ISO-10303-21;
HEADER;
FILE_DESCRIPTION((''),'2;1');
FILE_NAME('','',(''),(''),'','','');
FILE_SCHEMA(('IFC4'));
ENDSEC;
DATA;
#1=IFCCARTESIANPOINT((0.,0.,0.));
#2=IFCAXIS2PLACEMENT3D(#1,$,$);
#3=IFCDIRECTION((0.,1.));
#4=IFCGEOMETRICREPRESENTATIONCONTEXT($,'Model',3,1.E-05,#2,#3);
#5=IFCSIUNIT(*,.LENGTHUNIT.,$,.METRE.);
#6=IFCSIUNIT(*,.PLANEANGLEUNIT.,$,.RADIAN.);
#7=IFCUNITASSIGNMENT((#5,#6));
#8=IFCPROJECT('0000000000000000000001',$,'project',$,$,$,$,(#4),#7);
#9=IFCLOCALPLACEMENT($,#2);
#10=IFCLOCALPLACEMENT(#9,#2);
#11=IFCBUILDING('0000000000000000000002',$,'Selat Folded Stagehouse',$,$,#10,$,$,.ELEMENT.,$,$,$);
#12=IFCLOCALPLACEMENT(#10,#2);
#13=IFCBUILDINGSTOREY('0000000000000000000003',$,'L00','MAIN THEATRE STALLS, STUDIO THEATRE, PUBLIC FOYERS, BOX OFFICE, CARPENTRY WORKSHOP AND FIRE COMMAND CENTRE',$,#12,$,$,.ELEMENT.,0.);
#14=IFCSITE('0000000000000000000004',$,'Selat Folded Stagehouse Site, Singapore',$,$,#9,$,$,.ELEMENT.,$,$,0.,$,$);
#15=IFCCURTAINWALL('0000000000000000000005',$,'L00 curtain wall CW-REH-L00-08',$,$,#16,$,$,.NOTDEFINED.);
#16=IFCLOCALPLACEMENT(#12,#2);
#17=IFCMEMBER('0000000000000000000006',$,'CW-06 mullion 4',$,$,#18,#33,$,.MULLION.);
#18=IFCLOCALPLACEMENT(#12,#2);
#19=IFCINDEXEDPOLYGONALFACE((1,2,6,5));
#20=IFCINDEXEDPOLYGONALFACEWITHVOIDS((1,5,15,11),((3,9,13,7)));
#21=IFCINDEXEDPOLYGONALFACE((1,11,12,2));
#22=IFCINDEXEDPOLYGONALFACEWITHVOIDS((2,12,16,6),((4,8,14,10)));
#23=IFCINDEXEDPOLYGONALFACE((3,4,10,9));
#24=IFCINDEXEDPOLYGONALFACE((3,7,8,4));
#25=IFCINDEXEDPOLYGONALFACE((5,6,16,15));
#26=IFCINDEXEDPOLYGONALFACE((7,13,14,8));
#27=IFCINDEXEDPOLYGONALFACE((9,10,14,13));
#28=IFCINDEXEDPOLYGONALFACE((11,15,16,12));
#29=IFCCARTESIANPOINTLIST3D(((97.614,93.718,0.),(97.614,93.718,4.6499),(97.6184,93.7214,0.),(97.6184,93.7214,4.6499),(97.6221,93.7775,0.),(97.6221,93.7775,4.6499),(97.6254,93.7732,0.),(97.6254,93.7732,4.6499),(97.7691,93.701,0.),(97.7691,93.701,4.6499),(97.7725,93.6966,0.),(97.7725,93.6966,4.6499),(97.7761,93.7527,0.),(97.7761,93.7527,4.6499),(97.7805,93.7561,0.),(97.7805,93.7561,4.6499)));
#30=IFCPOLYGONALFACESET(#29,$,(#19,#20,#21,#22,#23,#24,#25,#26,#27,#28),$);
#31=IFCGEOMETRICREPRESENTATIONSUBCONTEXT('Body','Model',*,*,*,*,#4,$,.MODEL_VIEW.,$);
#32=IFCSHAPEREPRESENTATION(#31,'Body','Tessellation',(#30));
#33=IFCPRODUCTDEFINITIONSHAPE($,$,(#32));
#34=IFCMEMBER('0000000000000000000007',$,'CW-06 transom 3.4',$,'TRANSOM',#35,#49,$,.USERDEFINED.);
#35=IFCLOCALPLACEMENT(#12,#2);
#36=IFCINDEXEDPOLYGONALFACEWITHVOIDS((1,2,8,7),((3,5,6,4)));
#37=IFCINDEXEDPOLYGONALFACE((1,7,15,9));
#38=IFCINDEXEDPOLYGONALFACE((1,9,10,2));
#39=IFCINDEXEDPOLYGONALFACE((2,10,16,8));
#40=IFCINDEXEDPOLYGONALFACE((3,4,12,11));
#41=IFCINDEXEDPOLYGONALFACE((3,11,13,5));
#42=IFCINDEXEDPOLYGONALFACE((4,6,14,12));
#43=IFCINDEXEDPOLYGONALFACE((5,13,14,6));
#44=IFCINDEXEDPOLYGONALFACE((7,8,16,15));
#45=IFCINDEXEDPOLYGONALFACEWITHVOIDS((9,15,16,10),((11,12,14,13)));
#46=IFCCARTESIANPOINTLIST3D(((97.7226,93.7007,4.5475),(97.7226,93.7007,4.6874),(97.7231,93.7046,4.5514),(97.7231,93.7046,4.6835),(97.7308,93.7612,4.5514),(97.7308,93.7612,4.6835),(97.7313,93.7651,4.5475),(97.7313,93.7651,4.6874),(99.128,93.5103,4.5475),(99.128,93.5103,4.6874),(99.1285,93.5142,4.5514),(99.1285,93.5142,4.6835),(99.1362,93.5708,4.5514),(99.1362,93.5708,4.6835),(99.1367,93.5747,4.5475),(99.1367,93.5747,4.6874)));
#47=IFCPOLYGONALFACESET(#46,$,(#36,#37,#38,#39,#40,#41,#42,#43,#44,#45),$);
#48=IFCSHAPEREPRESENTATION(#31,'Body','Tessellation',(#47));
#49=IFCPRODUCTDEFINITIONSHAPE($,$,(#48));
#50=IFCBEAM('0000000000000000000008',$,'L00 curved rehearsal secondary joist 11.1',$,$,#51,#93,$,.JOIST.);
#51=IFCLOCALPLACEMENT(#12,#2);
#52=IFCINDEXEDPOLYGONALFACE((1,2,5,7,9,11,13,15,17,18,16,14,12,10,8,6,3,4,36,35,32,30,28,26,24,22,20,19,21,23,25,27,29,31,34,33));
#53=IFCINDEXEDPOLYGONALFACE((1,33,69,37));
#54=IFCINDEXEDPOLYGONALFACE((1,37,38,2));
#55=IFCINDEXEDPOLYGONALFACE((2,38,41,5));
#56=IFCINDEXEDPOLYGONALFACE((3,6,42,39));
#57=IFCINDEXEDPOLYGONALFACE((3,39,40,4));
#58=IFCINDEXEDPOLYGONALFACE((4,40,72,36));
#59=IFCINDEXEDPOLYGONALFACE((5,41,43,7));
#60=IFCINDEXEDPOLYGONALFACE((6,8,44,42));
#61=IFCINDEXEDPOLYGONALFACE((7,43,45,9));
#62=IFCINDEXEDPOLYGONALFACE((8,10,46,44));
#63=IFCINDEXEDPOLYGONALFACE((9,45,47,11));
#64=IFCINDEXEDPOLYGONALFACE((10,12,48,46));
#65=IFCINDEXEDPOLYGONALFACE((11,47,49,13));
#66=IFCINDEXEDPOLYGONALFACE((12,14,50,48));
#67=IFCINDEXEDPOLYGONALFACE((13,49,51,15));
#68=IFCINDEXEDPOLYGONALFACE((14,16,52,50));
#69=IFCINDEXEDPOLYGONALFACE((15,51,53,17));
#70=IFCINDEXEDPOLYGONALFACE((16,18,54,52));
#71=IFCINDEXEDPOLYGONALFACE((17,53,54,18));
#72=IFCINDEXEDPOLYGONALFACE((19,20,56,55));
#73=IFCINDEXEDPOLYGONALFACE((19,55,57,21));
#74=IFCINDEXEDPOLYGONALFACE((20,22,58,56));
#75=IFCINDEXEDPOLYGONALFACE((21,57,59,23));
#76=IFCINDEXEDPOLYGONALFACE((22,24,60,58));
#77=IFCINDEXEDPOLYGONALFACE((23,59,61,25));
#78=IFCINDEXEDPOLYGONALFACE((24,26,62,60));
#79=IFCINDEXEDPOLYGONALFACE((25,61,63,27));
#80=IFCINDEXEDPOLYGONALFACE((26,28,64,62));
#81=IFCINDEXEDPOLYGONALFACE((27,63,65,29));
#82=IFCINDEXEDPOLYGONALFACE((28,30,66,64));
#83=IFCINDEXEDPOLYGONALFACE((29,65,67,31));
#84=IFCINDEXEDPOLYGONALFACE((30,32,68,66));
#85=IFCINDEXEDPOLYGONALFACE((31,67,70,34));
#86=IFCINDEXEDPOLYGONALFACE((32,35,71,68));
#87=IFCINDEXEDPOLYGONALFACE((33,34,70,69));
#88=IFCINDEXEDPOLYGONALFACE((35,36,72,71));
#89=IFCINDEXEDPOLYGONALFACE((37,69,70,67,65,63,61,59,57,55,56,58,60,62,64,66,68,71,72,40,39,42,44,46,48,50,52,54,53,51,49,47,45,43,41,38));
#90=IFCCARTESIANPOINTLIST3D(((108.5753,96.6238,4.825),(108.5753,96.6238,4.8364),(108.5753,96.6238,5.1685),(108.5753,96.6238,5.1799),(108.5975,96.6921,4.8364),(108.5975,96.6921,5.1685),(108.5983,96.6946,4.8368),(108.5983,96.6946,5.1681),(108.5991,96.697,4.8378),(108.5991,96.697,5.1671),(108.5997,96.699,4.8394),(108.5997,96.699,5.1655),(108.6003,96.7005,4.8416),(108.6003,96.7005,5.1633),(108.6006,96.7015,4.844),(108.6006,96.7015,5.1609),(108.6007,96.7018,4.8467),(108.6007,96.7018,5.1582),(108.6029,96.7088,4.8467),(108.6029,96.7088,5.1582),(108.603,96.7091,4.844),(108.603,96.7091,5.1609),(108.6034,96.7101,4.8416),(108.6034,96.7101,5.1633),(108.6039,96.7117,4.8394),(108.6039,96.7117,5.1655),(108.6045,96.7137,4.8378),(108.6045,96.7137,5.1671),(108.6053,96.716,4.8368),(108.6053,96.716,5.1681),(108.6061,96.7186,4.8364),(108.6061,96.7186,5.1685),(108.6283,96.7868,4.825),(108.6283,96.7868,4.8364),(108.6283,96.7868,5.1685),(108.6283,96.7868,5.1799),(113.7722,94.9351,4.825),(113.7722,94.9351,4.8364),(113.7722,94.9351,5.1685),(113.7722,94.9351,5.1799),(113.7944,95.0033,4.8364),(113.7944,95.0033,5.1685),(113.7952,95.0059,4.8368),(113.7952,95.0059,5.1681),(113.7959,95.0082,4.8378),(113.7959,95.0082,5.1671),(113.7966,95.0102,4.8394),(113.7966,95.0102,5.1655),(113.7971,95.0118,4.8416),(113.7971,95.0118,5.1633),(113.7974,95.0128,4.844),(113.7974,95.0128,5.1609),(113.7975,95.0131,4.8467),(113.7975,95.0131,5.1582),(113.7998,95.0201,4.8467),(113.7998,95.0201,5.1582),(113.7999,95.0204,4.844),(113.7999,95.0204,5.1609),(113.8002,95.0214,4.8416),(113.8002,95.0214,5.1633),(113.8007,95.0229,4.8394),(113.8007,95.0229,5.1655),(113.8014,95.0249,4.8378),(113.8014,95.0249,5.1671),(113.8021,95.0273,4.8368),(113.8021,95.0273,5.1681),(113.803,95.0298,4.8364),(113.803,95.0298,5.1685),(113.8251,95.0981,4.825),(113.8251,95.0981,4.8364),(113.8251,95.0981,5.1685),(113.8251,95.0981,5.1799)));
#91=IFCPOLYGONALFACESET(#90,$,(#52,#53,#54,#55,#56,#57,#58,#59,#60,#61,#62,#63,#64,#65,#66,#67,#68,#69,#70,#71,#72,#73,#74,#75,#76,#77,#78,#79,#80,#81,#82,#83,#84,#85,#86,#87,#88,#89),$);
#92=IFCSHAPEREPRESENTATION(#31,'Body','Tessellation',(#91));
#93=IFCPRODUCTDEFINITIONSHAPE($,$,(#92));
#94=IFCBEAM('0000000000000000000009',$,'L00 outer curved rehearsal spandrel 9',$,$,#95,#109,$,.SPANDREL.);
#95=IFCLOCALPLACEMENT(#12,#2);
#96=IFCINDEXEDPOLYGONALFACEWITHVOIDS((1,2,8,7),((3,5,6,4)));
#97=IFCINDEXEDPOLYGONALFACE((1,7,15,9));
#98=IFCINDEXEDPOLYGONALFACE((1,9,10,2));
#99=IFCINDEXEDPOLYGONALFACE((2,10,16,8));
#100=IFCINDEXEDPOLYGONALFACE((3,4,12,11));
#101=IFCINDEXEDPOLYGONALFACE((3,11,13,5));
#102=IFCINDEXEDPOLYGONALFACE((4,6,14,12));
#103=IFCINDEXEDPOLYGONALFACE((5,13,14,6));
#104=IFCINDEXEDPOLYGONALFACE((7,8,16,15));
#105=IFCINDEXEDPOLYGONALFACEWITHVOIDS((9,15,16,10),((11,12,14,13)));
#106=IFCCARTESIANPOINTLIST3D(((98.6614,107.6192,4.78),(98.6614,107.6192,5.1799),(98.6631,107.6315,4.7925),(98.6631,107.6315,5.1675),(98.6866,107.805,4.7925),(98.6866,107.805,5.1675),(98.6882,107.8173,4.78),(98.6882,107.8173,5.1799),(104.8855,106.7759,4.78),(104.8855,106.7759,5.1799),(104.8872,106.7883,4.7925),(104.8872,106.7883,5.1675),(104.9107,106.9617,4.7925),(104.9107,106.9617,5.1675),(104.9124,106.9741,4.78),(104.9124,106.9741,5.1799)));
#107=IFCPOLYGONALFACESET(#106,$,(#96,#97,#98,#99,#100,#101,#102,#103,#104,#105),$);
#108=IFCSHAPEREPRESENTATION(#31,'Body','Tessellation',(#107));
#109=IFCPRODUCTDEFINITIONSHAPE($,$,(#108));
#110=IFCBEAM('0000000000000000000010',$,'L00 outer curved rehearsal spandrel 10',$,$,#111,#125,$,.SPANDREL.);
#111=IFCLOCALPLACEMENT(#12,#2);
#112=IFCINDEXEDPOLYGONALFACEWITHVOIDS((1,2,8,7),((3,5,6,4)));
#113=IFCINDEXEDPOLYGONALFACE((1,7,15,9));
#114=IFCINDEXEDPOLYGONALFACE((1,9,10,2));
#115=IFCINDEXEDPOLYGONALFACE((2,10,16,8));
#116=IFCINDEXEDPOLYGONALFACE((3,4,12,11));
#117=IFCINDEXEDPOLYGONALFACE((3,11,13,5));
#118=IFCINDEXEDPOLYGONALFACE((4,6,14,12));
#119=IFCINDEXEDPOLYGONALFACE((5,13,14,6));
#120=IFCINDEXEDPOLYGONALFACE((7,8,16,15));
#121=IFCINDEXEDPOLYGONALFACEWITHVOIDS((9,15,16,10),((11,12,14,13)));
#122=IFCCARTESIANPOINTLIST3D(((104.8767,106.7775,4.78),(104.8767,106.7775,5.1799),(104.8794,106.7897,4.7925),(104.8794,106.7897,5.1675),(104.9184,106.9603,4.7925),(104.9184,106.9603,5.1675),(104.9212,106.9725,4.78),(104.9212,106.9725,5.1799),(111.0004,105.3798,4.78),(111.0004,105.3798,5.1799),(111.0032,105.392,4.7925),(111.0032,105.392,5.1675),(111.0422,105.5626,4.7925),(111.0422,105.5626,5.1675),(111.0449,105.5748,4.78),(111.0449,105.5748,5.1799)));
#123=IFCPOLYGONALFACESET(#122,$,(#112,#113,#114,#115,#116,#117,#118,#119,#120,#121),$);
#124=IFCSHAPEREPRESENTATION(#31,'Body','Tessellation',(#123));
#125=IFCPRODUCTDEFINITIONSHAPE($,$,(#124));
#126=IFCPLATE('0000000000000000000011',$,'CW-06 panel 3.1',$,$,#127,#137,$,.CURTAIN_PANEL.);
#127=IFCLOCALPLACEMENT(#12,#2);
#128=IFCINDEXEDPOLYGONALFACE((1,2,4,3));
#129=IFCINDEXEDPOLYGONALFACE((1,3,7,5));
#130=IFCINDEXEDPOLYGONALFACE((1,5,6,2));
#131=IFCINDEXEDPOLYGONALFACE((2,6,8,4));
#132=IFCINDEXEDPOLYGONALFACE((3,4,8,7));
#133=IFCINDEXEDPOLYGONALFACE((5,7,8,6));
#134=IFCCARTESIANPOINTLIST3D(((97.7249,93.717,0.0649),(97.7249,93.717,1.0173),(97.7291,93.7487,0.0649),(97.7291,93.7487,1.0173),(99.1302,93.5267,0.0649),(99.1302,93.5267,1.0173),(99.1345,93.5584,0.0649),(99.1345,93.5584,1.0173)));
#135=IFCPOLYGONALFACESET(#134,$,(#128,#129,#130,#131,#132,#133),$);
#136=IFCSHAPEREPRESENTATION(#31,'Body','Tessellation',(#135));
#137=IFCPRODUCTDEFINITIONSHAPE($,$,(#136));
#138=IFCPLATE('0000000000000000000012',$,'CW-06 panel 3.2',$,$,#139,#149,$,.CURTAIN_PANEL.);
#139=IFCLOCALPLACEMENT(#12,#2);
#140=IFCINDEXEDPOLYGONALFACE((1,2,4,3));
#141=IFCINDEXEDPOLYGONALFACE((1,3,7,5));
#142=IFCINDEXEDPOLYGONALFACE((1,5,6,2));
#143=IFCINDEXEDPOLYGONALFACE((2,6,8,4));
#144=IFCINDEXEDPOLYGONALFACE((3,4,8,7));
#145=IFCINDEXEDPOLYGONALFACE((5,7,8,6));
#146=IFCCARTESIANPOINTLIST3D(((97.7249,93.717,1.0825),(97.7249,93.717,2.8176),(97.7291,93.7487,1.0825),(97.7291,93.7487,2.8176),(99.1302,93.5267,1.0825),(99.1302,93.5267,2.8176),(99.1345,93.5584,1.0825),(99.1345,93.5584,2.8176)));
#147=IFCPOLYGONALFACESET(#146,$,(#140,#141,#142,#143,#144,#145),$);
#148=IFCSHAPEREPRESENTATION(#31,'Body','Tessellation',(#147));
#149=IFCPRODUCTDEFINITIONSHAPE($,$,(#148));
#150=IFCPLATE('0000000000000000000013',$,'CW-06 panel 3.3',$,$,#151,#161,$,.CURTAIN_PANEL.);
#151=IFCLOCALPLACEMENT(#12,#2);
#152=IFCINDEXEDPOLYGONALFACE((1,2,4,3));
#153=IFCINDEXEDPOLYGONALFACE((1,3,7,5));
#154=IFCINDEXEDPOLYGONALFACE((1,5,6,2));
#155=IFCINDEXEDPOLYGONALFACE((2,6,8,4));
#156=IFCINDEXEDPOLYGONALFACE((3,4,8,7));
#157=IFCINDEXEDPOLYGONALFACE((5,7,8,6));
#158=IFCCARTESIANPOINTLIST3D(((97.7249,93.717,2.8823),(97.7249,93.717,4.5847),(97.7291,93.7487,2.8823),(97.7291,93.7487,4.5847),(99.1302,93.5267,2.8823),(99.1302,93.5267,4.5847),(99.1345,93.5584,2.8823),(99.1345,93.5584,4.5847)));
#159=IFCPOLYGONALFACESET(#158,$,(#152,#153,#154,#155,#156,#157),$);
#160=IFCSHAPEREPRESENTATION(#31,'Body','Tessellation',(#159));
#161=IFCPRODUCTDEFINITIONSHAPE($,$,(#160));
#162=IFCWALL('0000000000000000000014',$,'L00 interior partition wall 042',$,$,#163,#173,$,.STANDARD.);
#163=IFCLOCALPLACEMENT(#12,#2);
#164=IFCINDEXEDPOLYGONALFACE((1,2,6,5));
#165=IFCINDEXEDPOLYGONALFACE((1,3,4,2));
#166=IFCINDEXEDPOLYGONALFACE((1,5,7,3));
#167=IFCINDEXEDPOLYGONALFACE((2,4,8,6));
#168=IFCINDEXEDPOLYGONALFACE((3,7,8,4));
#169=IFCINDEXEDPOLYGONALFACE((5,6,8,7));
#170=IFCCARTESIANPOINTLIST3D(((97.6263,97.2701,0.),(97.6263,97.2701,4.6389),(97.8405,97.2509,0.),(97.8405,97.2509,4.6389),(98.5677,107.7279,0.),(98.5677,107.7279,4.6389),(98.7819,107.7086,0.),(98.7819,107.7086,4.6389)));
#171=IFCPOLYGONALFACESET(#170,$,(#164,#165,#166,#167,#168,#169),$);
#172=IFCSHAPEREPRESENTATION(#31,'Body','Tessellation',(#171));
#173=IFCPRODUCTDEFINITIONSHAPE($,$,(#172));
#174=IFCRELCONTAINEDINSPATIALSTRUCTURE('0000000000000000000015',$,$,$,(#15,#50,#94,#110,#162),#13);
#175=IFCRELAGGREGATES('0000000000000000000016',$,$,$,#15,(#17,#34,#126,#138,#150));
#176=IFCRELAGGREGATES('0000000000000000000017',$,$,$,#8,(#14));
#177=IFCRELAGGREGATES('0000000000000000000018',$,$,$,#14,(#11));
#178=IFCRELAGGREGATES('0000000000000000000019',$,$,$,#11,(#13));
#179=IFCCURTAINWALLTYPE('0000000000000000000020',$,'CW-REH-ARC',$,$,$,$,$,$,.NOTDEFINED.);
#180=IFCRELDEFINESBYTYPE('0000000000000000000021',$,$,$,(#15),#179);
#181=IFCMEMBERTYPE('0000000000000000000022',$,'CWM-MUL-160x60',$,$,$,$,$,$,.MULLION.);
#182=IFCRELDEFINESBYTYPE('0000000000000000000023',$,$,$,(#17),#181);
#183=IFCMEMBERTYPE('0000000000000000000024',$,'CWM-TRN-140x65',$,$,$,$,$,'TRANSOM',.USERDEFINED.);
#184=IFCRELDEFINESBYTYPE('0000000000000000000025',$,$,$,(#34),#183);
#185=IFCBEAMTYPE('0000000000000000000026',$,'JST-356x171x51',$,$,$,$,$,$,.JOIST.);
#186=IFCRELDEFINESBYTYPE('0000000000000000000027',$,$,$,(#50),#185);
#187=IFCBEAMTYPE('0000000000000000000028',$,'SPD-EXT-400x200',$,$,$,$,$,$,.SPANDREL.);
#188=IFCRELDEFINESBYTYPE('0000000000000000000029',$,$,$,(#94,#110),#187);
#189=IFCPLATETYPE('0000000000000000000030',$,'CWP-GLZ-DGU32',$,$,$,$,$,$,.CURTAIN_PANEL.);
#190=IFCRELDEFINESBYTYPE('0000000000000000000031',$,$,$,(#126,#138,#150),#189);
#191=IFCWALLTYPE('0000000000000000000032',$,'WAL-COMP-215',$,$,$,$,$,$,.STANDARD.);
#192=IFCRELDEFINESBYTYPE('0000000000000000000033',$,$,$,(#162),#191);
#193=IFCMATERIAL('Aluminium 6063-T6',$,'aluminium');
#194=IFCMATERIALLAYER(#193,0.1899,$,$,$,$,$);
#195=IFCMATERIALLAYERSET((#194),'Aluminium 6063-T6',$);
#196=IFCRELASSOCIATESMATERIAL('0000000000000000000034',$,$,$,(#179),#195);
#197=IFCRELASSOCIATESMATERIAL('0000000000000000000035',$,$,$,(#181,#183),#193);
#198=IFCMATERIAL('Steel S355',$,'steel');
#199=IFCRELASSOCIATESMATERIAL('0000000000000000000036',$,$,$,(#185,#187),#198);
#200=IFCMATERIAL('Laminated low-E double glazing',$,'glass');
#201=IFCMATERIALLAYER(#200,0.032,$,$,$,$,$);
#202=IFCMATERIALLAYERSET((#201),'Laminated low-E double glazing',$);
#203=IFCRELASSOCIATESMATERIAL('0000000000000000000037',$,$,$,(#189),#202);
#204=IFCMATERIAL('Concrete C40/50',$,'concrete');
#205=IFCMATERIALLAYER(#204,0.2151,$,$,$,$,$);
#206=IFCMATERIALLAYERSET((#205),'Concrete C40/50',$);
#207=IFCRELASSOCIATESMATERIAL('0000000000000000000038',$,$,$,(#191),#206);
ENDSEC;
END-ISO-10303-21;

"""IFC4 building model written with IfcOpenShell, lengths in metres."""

from ifc_helpers import new_model, si_unit, direction, frame, frame_2d, origin, origin_2d, place, context, subcontext, project, spatial, rectangle, hollow_rectangle, i_section, extrude, material, layer, layer_set, material_profile, profile_set, type_object, element, aggregate, save


model = new_model("IFC4")

# Units and contexts
model_context = context("Model", 3, precision=1e-05, world=origin(), true_north=direction((0.0, 1.0)))
body_context = subcontext(model_context, "Body", "Model", "MODEL_VIEW")
ifc_project = project(units=[si_unit("LENGTHUNIT", "METRE"), si_unit("PLANEANGLEUNIT", "RADIAN")], contexts=[model_context])

# Site, building, storey
site_placement = place(None, origin())
site = spatial("IfcSite", under=ifc_project, at=site_placement, Name="Selat Folded Stagehouse Site, Singapore", CompositionType="ELEMENT", RefElevation=0.0)
building_placement = place(site_placement, origin())
building = spatial("IfcBuilding", under=site, at=building_placement, Name="Selat Folded Stagehouse", CompositionType="ELEMENT")
storey_placement = place(building_placement, origin())
storey = spatial("IfcBuildingStorey", under=building, at=storey_placement, Name="L00", Description="MAIN THEATRE STALLS, STUDIO THEATRE, PUBLIC FOYERS, BOX OFFICE, CARPENTRY WORKSHOP AND FIRE COMMAND CENTRE", CompositionType="ELEMENT", Elevation=0.0)

# Shared definitions
ifc_material_1 = material(Name="Steel S355", Category="steel")

# Curtain wall, members
ifc_material_2 = material(Name="Aluminium 6063-T6", Category="aluminium")
ifc_layer_1 = layer(ifc_material_2, 0.1899)
ifc_layer_set_1 = layer_set([ifc_layer_1], Name="Aluminium 6063-T6")
curtain_wall_type = type_object("IfcCurtainWallType", Name="CW-REH-ARC", PredefinedType="NOTDEFINED", material=ifc_layer_set_1)
curtain_wall_placement = place(storey_placement, origin())
curtain_wall = element("IfcCurtainWall", 1, at=curtain_wall_placement, inside=storey, type_object=curtain_wall_type, Name="L00 curtain wall CW-REH-L00-08", PredefinedType="NOTDEFINED")
ifc_material_profile_1 = material_profile(ifc_material_2, hollow_rectangle(XDim=0.0601, YDim=0.1599, WallThickness=0.0039, at=origin_2d()), Name="ALU 160x60x4.0")
ifc_profile_set_1 = profile_set([ifc_material_profile_1], Name="Aluminium 6063-T6")
member_type_1 = type_object("IfcMemberType", Name="CWM-MUL-160x60", PredefinedType="MULLION", material=ifc_profile_set_1)
member_1_placement = place(storey_placement, frame((97.6973, 93.7371, 0.0), z_axis=(0.0, 0.0, 1.0), x_axis=(-0.134212, -0.990953, 0.0)))
member_1 = element("IfcMember", 2, at=member_1_placement, type_object=member_type_1, Name="CW-06 mullion 4", PredefinedType="MULLION", context=body_context, shape_type="SweptSolid", body=[
    extrude(hollow_rectangle(XDim=0.0601, YDim=0.1599, WallThickness=0.0039, at=origin_2d()), origin(), (0.0, 0.0, 1.0), 4.6499),
])
ifc_material_profile_2 = material_profile(ifc_material_2, hollow_rectangle(XDim=0.0649, YDim=0.1399, WallThickness=0.0039, at=origin_2d()), Name="ALU 140x65x4.0")
ifc_profile_set_2 = profile_set([ifc_material_profile_2], Name="Aluminium 6063-T6")
member_type_2 = type_object("IfcMemberType", Name="CWM-TRN-140x65", ElementType="TRANSOM", PredefinedType="USERDEFINED", material=ifc_profile_set_2)
member_2_placement = place(storey_placement, frame((99.1323, 93.5425, 4.6174), z_axis=(-0.990943, 0.134283, 0.0), x_axis=(-0.134283, -0.990943, 0.0)))
member_2 = element("IfcMember", 3, at=member_2_placement, type_object=member_type_2, Name="CW-06 transom 3.4", ObjectType="TRANSOM", PredefinedType="USERDEFINED", context=body_context, shape_type="SweptSolid", body=[
    extrude(hollow_rectangle(XDim=0.0649, YDim=0.1399, WallThickness=0.0039, at=origin_2d()), origin(), (0.0, 0.0, 1.0), 1.4182),
])

# Beams
ifc_material_profile_3 = material_profile(ifc_material_1, i_section(OverallWidth=0.1714, OverallDepth=0.355, WebThickness=0.0073, FlangeThickness=0.0115, FilletRadius=0.0103, at=origin_2d()), Name="UKB 356x171x51")
ifc_profile_set_3 = profile_set([ifc_material_profile_3], Name="Steel S355")
beam_type_1 = type_object("IfcBeamType", Name="JST-356x171x51", PredefinedType="JOIST", material=ifc_profile_set_3)
beam_1_placement = place(storey_placement, frame((108.6018, 96.7053, 5.0024), z_axis=(0.951047, -0.309048, 0.0), x_axis=(0.309048, 0.951047, 0.0)))
element("IfcBeam", 4, at=beam_1_placement, inside=storey, type_object=beam_type_1, Name="L00 curved rehearsal secondary joist 11.1", PredefinedType="JOIST", context=body_context, shape_type="SweptSolid", body=[
    extrude(i_section(OverallWidth=0.1714, OverallDepth=0.355, WebThickness=0.0073, FlangeThickness=0.0115, FilletRadius=0.0103, at=origin_2d()), origin(), (0.0, 0.0, 1.0), 5.4644),
])
ifc_material_profile_4 = material_profile(ifc_material_1, hollow_rectangle(XDim=0.2, YDim=0.3999, WallThickness=0.0125, at=origin_2d()), Name="RHS 400x200x12.5")
ifc_profile_set_4 = profile_set([ifc_material_profile_4], Name="Steel S355")
beam_type_2 = type_object("IfcBeamType", Name="SPD-EXT-400x200", PredefinedType="SPANDREL", material=ifc_profile_set_4)
beam_2_placement = place(storey_placement, frame((98.6748, 107.7183, 4.98), z_axis=(0.990947, -0.134256, 0.0), x_axis=(0.134256, 0.990947, 0.0)))
element("IfcBeam", 5, at=beam_2_placement, inside=storey, type_object=beam_type_2, Name="L00 outer curved rehearsal spandrel 9", PredefinedType="SPANDREL", context=body_context, shape_type="SweptSolid", body=[
    extrude(hollow_rectangle(XDim=0.2, YDim=0.3999, WallThickness=0.0125, at=origin_2d()), origin(), (0.0, 0.0, 1.0), 6.281),
])
beam_3_placement = place(storey_placement, frame((104.8989, 106.875, 4.98), z_axis=(0.974928, -0.22252, 0.0), x_axis=(0.22252, 0.974928, 0.0)))
element("IfcBeam", 6, at=beam_3_placement, inside=storey, type_object=beam_type_2, Name="L00 outer curved rehearsal spandrel 10", PredefinedType="SPANDREL", context=body_context, shape_type="SweptSolid", body=[
    extrude(hollow_rectangle(XDim=0.2, YDim=0.3999, WallThickness=0.0125, at=origin_2d()), origin(), (0.0, 0.0, 1.0), 6.2812),
])

# Plates
ifc_material_3 = material(Name="Laminated low-E double glazing", Category="glass")
ifc_layer_2 = layer(ifc_material_3, 0.032)
ifc_layer_set_2 = layer_set([ifc_layer_2], Name="Laminated low-E double glazing")
plate_type = type_object("IfcPlateType", Name="CWP-GLZ-DGU32", PredefinedType="CURTAIN_PANEL", material=ifc_layer_set_2)
plate_1_placement = place(storey_placement, frame((98.4297, 93.6377, 0.0649), z_axis=(0.0, 0.0, 1.0), x_axis=(-0.990953, 0.134212, 0.0)))
plate_1 = element("IfcPlate", 7, at=plate_1_placement, type_object=plate_type, Name="CW-06 panel 3.1", PredefinedType="CURTAIN_PANEL", context=body_context, shape_type="SweptSolid", body=[
    extrude(rectangle(XDim=1.4182, YDim=0.032, at=origin_2d()), origin(), (0.0, 0.0, 1.0), 0.9524),
])
plate_2_placement = place(storey_placement, frame((98.4297, 93.6377, 1.0825), z_axis=(0.0, 0.0, 1.0), x_axis=(-0.990953, 0.134212, 0.0)))
plate_2 = element("IfcPlate", 8, at=plate_2_placement, type_object=plate_type, Name="CW-06 panel 3.2", PredefinedType="CURTAIN_PANEL", context=body_context, shape_type="SweptSolid", body=[
    extrude(rectangle(XDim=1.4182, YDim=0.032, at=origin_2d()), origin(), (0.0, 0.0, 1.0), 1.7351),
])
plate_3_placement = place(storey_placement, frame((98.4297, 93.6377, 2.8823), z_axis=(0.0, 0.0, 1.0), x_axis=(-0.990953, 0.134212, 0.0)))
plate_3 = element("IfcPlate", 9, at=plate_3_placement, type_object=plate_type, Name="CW-06 panel 3.3", PredefinedType="CURTAIN_PANEL", context=body_context, shape_type="SweptSolid", body=[
    extrude(rectangle(XDim=1.4182, YDim=0.032, at=origin_2d()), origin(), (0.0, 0.0, 1.0), 1.7024),
])
aggregate(curtain_wall, [member_1, member_2, plate_1, plate_2, plate_3])

# Wall
ifc_material_4 = material(Name="Concrete C40/50", Category="concrete")
ifc_layer_3 = layer(ifc_material_4, 0.2151)
ifc_layer_set_3 = layer_set([ifc_layer_3], Name="Concrete C40/50")
wall_type_1 = type_object("IfcWallType", Name="WAL-COMP-215", PredefinedType="STANDARD", material=ifc_layer_set_3)
wall_1_placement = place(storey_placement, frame((97.7334, 97.2605, 0.0), z_axis=(0.0, 0.0, 1.0), x_axis=(0.089657, 0.995973, 0.0)))
element("IfcWall", 10, at=wall_1_placement, inside=storey, type_object=wall_type_1, Name="L00 interior partition wall 042", PredefinedType="STANDARD", context=body_context, shape_type="SweptSolid", body=[
    extrude(rectangle(XDim=10.5, YDim=0.2151, at=frame_2d((5.25, 0.0))), origin(), (0.0, 0.0, 1.0), 4.6389),
])

save(model, "model.ifc")
